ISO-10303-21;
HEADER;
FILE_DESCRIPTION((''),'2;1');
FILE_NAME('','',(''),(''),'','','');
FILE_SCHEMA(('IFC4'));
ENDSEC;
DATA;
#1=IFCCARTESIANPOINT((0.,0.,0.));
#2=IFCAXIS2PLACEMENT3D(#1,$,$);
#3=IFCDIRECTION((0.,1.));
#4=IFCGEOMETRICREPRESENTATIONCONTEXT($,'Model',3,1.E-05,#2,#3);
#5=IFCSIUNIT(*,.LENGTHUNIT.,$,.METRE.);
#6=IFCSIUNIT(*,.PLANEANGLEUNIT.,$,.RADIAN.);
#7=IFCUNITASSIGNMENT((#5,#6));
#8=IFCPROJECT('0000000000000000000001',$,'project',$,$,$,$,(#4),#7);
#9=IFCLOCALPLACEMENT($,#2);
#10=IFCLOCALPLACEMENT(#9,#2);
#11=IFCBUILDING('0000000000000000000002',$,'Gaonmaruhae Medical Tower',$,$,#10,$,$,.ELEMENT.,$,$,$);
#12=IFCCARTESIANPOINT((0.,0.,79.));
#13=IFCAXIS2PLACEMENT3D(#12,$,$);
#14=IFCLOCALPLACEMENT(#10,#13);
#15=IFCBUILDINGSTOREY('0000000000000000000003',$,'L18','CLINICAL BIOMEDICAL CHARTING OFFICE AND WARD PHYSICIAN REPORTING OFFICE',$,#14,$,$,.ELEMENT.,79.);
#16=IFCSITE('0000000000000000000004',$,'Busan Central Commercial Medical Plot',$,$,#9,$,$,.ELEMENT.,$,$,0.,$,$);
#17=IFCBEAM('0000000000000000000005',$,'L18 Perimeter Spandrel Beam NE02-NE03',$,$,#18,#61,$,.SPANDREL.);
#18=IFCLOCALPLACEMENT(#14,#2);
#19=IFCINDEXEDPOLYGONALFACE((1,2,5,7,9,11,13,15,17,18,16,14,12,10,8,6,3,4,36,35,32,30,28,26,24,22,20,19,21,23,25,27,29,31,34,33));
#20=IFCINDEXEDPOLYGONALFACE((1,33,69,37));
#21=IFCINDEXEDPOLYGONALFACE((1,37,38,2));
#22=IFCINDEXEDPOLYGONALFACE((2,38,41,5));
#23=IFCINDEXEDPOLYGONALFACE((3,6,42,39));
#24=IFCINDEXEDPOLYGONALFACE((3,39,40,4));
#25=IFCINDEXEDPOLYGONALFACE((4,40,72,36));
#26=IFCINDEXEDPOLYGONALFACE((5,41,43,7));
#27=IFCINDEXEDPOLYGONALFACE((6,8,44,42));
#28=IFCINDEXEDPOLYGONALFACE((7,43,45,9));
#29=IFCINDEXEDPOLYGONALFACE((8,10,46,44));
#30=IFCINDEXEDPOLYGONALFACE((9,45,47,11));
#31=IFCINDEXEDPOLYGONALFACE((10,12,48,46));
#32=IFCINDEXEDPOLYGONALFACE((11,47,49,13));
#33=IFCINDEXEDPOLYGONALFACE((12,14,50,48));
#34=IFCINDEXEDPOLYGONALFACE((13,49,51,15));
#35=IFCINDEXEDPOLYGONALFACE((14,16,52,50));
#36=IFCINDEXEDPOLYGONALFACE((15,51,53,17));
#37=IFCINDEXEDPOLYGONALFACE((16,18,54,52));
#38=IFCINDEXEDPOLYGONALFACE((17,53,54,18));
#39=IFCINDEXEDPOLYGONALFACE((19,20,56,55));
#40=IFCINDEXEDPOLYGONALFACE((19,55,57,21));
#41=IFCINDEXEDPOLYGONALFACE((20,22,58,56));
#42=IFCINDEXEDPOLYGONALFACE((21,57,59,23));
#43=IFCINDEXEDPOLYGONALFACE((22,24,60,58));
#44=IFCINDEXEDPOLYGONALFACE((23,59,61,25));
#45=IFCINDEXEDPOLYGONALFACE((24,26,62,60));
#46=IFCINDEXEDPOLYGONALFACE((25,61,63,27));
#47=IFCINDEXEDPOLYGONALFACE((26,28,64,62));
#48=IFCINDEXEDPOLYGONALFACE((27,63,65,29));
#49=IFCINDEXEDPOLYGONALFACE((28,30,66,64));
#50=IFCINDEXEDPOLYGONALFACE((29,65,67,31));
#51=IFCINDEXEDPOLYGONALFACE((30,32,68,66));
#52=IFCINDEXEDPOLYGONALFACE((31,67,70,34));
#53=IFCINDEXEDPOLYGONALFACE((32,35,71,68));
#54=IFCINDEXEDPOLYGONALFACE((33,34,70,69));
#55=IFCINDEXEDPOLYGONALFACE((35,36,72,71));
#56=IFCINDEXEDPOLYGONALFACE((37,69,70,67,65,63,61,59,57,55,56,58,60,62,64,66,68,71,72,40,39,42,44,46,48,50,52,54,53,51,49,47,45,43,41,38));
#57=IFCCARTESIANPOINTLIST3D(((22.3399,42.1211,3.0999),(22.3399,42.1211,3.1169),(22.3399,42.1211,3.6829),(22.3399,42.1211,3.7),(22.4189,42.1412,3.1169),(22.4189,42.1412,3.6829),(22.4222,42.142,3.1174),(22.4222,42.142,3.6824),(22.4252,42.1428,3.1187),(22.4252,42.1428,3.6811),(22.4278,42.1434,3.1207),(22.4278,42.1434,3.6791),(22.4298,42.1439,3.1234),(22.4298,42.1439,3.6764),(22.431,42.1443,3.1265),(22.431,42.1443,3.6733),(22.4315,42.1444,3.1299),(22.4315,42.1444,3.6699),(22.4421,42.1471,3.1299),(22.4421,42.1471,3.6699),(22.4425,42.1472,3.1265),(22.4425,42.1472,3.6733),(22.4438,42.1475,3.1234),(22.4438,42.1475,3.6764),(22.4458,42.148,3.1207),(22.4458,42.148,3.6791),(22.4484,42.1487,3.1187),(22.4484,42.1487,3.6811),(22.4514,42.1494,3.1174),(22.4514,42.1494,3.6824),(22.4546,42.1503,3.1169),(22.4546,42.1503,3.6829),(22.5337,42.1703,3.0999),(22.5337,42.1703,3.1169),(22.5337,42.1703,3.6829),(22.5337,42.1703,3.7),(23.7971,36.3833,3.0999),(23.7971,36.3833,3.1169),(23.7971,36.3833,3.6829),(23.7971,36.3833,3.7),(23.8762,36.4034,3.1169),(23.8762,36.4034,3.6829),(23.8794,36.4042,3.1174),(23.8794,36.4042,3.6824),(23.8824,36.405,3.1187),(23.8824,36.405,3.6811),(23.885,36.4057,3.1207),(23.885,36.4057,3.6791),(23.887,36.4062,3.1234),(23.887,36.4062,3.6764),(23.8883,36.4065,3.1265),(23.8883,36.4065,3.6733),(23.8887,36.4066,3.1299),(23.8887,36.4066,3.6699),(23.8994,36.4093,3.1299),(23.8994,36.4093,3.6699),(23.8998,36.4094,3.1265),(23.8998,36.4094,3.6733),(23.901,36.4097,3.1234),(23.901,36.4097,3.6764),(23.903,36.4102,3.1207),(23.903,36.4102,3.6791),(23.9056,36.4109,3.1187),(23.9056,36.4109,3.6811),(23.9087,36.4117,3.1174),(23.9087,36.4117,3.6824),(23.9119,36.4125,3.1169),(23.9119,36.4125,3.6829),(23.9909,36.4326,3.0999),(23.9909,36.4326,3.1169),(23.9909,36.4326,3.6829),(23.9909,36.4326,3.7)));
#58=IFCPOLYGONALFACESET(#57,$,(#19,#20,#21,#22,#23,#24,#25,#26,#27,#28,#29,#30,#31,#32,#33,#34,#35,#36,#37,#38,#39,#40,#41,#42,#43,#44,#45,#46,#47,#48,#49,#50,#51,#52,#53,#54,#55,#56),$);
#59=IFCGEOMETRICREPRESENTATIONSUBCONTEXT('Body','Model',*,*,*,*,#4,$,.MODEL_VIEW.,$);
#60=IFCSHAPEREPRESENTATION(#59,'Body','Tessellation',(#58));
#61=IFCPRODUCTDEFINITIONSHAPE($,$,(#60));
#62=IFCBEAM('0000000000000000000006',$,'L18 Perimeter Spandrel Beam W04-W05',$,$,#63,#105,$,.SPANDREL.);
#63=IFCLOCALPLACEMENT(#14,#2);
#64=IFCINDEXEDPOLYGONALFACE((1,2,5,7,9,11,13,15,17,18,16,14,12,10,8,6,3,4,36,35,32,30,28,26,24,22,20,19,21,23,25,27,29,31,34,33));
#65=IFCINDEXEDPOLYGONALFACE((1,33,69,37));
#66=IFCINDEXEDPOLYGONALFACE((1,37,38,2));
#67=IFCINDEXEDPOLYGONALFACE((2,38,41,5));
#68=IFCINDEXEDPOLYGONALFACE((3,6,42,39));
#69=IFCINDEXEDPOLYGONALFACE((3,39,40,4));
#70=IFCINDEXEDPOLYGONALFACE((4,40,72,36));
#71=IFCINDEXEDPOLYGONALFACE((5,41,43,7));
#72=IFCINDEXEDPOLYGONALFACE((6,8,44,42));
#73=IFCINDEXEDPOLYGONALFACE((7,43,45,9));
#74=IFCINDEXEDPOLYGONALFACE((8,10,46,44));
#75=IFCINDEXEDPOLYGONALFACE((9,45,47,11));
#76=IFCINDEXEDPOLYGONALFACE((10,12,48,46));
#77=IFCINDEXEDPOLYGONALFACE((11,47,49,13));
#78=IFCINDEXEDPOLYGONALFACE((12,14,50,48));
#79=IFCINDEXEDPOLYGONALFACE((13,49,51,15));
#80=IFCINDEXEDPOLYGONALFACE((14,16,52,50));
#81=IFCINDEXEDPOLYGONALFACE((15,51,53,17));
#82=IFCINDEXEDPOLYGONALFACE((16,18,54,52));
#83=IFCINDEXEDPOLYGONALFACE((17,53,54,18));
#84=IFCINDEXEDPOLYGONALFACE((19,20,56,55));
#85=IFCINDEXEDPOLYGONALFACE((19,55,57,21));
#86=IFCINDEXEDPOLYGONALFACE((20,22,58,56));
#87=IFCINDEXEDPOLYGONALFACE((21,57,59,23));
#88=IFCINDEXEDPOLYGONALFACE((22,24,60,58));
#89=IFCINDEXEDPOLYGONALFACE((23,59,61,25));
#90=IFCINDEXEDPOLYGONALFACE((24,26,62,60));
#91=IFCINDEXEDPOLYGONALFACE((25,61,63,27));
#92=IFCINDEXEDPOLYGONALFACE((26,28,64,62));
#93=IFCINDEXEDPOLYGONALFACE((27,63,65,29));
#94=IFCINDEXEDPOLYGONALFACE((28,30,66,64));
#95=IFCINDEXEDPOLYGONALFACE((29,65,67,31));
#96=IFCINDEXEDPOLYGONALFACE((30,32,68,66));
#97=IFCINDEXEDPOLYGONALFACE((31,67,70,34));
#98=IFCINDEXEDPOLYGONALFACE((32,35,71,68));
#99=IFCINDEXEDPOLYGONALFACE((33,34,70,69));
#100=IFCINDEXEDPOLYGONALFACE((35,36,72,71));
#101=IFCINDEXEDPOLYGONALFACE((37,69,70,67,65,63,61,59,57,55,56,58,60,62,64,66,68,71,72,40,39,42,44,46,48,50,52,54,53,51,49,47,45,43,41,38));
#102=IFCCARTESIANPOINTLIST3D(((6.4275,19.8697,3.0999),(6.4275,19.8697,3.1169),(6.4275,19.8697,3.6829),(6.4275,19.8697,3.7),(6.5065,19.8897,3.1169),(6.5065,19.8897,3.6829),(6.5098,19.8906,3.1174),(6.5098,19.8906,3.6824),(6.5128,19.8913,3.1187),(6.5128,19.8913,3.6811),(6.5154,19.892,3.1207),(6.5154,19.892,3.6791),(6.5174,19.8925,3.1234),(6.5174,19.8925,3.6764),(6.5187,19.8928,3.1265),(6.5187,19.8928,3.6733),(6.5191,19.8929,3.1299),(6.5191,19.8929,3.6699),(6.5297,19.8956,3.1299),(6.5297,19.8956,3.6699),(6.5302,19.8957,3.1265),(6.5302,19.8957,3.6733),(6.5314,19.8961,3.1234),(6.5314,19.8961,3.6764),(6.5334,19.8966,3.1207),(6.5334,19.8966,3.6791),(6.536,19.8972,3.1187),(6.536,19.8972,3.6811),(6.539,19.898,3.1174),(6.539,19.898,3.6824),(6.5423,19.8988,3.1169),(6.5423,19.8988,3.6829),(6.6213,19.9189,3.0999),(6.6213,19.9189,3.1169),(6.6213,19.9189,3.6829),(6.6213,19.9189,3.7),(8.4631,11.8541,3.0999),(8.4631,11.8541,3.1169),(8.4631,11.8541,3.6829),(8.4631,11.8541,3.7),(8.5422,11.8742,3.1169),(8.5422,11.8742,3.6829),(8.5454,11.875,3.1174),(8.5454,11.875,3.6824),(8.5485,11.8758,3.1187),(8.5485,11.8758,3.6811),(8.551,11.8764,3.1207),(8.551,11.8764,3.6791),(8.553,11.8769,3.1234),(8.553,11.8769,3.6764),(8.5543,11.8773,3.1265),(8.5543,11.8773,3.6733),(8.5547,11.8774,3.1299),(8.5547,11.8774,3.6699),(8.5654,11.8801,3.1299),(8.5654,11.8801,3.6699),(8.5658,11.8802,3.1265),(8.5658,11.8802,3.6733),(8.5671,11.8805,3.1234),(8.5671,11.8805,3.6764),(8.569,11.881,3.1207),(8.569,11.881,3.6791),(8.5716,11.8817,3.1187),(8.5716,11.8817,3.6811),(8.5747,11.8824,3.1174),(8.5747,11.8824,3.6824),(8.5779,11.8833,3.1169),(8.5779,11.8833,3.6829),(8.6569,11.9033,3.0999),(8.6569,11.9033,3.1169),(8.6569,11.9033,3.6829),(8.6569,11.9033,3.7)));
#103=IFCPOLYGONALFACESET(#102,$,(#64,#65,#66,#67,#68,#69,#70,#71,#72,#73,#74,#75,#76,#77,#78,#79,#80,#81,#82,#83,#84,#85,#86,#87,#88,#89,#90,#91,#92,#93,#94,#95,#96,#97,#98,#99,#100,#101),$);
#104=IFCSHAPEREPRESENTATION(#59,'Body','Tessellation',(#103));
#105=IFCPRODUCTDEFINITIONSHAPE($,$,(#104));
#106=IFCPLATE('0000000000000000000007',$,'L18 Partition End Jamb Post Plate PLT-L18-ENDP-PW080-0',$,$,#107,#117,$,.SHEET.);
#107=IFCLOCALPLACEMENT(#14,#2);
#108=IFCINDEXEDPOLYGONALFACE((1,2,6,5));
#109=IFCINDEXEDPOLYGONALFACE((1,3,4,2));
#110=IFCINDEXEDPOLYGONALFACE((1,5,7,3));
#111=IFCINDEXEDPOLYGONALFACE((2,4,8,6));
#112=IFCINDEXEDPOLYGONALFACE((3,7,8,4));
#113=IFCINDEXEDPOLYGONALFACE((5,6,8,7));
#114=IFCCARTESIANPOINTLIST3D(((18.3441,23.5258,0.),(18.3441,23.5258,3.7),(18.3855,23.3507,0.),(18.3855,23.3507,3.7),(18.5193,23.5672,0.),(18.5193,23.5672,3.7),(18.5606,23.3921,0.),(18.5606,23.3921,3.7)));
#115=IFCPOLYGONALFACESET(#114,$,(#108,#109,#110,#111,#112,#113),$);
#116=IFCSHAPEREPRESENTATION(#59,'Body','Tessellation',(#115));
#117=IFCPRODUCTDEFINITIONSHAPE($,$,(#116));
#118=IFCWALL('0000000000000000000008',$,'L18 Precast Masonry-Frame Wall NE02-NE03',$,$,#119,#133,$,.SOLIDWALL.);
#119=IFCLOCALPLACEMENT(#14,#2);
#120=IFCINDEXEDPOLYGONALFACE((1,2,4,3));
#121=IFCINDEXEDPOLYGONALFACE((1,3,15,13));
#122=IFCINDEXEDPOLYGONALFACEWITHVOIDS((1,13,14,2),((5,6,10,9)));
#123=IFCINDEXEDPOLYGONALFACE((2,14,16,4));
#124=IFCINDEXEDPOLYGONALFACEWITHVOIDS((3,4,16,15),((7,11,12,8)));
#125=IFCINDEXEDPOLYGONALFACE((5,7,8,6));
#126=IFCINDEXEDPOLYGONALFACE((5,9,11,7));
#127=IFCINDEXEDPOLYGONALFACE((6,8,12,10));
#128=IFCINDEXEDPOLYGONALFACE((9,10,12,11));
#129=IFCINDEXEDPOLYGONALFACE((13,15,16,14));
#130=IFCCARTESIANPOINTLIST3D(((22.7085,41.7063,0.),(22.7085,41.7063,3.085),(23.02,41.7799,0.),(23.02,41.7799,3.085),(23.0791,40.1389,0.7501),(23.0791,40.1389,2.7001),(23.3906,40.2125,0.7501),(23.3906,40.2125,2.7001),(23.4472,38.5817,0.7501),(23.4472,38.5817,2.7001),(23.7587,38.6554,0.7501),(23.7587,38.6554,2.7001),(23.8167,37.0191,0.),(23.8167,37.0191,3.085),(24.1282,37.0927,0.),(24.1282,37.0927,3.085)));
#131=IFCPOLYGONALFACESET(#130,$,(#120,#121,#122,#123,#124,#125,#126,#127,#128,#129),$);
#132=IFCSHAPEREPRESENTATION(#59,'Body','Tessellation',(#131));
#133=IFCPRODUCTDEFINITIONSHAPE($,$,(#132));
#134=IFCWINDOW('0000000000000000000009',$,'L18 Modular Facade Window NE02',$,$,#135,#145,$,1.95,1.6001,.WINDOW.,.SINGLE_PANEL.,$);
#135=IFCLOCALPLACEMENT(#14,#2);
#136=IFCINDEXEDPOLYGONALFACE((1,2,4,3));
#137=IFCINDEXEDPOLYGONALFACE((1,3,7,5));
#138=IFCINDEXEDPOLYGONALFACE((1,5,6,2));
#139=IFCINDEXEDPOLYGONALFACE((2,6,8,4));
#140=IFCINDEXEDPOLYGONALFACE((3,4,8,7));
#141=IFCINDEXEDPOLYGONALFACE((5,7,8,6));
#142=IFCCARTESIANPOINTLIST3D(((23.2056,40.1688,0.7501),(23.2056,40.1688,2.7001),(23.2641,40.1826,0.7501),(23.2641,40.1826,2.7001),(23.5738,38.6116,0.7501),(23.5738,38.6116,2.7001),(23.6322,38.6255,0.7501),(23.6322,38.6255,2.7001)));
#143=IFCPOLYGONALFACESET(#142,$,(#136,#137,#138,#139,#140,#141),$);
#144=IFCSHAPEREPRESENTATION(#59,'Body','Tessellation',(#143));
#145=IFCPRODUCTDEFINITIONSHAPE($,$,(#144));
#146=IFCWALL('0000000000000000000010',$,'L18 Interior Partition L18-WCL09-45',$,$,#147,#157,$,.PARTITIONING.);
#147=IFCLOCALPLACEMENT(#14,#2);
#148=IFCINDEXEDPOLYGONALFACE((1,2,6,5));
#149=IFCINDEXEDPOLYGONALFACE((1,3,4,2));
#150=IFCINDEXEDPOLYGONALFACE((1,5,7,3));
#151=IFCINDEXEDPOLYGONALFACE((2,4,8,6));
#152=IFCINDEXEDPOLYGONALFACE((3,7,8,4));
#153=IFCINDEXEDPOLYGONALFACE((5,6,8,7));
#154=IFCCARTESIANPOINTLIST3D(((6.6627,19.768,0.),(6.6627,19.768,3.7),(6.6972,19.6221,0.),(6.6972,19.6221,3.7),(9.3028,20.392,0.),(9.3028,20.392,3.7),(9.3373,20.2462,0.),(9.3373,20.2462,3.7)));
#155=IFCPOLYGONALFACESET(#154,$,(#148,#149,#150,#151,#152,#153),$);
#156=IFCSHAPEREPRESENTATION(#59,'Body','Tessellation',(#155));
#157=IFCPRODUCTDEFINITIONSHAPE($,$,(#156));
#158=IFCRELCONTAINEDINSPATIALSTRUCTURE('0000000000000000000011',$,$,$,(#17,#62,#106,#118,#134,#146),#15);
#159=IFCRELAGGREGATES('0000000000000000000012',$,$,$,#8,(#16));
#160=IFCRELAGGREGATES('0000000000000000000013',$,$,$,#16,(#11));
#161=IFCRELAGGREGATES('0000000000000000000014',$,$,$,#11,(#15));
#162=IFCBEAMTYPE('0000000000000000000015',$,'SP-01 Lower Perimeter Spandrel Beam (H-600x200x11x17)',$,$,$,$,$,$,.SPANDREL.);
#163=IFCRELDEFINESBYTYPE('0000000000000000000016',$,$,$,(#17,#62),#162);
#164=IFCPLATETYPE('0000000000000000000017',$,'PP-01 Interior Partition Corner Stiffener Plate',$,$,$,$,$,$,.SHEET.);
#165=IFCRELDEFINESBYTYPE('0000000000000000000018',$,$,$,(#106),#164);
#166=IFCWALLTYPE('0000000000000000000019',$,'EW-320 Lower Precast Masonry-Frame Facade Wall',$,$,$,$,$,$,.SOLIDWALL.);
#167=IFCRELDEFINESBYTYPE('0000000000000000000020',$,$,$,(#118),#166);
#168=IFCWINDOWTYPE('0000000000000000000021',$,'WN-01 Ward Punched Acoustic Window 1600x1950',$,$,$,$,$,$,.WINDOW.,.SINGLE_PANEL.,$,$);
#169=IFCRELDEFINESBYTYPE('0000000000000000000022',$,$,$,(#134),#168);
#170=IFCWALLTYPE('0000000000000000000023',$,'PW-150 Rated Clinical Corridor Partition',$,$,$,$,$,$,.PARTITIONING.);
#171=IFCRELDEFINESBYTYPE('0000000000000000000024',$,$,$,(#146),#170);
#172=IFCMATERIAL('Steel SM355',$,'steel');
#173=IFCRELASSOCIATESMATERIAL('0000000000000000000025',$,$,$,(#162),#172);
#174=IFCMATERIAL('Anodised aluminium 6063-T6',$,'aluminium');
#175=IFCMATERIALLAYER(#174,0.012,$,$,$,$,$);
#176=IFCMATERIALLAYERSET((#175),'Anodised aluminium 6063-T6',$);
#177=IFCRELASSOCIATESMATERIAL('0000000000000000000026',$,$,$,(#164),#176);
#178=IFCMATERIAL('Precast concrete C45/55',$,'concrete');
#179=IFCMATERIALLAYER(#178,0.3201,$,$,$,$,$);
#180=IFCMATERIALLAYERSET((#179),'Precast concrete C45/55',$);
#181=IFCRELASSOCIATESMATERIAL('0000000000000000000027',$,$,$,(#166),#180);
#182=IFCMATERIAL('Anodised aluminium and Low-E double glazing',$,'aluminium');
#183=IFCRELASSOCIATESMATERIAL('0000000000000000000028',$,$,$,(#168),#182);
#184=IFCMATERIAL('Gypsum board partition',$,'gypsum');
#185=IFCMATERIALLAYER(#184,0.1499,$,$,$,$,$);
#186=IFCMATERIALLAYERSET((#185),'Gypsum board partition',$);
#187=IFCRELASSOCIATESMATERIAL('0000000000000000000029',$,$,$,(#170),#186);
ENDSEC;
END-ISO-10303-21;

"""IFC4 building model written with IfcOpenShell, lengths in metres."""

from ifc_helpers import new_model, si_unit, direction, frame, frame_2d, origin, origin_2d, place, context, subcontext, project, spatial, rectangle, i_section, extrude, material, layer, layer_set, material_profile, profile_set, type_object, element, fill, save


model = new_model("IFC4")

# Units and contexts
model_context = context("Model", 3, precision=1e-05, world=origin(), true_north=direction((0.0, 1.0)))
body_context = subcontext(model_context, "Body", "Model", "MODEL_VIEW")
ifc_project = project(units=[si_unit("LENGTHUNIT", "METRE"), si_unit("PLANEANGLEUNIT", "RADIAN")], contexts=[model_context])

# Site, building, storey
site_placement = place(None, origin())
site = spatial("IfcSite", under=ifc_project, at=site_placement, Name="Busan Central Commercial Medical Plot", CompositionType="ELEMENT", RefElevation=0.0)
building_placement = place(site_placement, origin())
building = spatial("IfcBuilding", under=site, at=building_placement, Name="Gaonmaruhae Medical Tower", CompositionType="ELEMENT")
storey_placement = place(building_placement, frame((0.0, 0.0, 79.0)))
storey = spatial("IfcBuildingStorey", under=building, at=storey_placement, Name="L18", Description="CLINICAL BIOMEDICAL CHARTING OFFICE AND WARD PHYSICIAN REPORTING OFFICE", CompositionType="ELEMENT", Elevation=79.0)

# Beams
ifc_material_1 = material(Name="Steel SM355", Category="steel")
ifc_material_profile_1 = material_profile(ifc_material_1, i_section(OverallWidth=0.2, OverallDepth=0.6001, WebThickness=0.011, FlangeThickness=0.0171, FilletRadius=0.0129, at=origin_2d()), Name="H-600x200x11x17")
ifc_profile_set_1 = profile_set([ifc_material_profile_1], Name="Steel SM355")
beam_type_1 = type_object("IfcBeamType", Name="SP-01 Lower Perimeter Spandrel Beam (H-600x200x11x17)", PredefinedType="SPANDREL", material=ifc_profile_set_1)
beam_1_placement = place(storey_placement, frame((23.894, 36.408, 3.3999), z_axis=(-0.246163, 0.969228, 0.0), x_axis=(-0.969228, -0.246163, 0.0)))
element("IfcBeam", 1, at=beam_1_placement, inside=storey, type_object=beam_type_1, Name="L18 Perimeter Spandrel Beam NE02-NE03", PredefinedType="SPANDREL", context=body_context, shape_type="SweptSolid", body=[
    extrude(i_section(OverallWidth=0.2, OverallDepth=0.6001, WebThickness=0.011, FlangeThickness=0.0171, FilletRadius=0.0129, at=origin_2d()), origin(), (0.0, 0.0, 1.0), 5.9199),
])
beam_2_placement = place(storey_placement, frame((6.5244, 19.8943, 3.3999), z_axis=(0.246146, -0.969233, 0.0), x_axis=(0.969233, 0.246146, 0.0)))
element("IfcBeam", 2, at=beam_2_placement, inside=storey, type_object=beam_type_1, Name="L18 Perimeter Spandrel Beam W04-W05", PredefinedType="SPANDREL", context=body_context, shape_type="SweptSolid", body=[
    extrude(i_section(OverallWidth=0.2, OverallDepth=0.6001, WebThickness=0.011, FlangeThickness=0.0171, FilletRadius=0.0129, at=origin_2d()), origin(), (0.0, 0.0, 1.0), 8.27),
])

# Plate
ifc_material_2 = material(Name="Anodised aluminium 6063-T6", Category="aluminium")
ifc_layer_1 = layer(ifc_material_2, 0.012)
ifc_layer_set_1 = layer_set([ifc_layer_1], Name="Anodised aluminium 6063-T6")
plate_type = type_object("IfcPlateType", Name="PP-01 Interior Partition Corner Stiffener Plate", PredefinedType="SHEET", material=ifc_layer_set_1)
plate_placement = place(storey_placement, frame((18.4524, 23.459, 0.0), z_axis=(0.0, 0.0, 1.0), x_axis=(-0.230033, 0.973183, 0.0)))
element("IfcPlate", 3, at=plate_placement, inside=storey, type_object=plate_type, Name="L18 Partition End Jamb Post Plate PLT-L18-ENDP-PW080-0", PredefinedType="SHEET", context=body_context, shape_type="SweptSolid", body=[
    extrude(rectangle(XDim=0.1799, YDim=0.1799, at=origin_2d()), origin(), (0.0, 0.0, 1.0), 3.7),
])

# Wall, opening, window
ifc_material_3 = material(Name="Precast concrete C45/55", Category="concrete")
ifc_layer_2 = layer(ifc_material_3, 0.3201)
ifc_layer_set_2 = layer_set([ifc_layer_2], Name="Precast concrete C45/55")
wall_type_1 = type_object("IfcWallType", Name="EW-320 Lower Precast Masonry-Frame Facade Wall", PredefinedType="SOLIDWALL", material=ifc_layer_set_2)
wall_1_placement = place(storey_placement, frame((23.9724, 37.0559, 0.0), z_axis=(0.0, 0.0, 1.0), x_axis=(-0.230076, 0.973173, 0.0)))
wall_1 = element("IfcWall", 4, at=wall_1_placement, inside=storey, type_object=wall_type_1, Name="L18 Precast Masonry-Frame Wall NE02-NE03", PredefinedType="SOLIDWALL", context=body_context, shape_type="SweptSolid", body=[
    extrude(rectangle(XDim=4.8164, YDim=0.3201, at=frame_2d((2.4082, 0.0))), origin(), (0.0, 0.0, 1.0), 3.085),
])
opening_1_placement = place(wall_1_placement, frame((1.6057, 0.0, 0.75)))
opening_1 = element("IfcOpeningElement", 5, at=opening_1_placement, cuts=wall_1, PredefinedType="OPENING", context=body_context, shape_type="SweptSolid", body=[
    extrude(rectangle(XDim=1.6001, YDim=1.95, at=frame_2d((0.8, 0.9751))), frame((0.0, 0.1699, 0.0), z_axis=(0.0, -1.0, 0.0), x_axis=(1.0, 0.0, 0.0)), (0.0, 0.0, 1.0), 0.3401),
])
ifc_material_4 = material(Name="Anodised aluminium and Low-E double glazing", Category="aluminium")
window_type = type_object("IfcWindowType", Name="WN-01 Ward Punched Acoustic Window 1600x1950", PartitioningType="SINGLE_PANEL", PredefinedType="WINDOW", material=ifc_material_4)
window_placement = place(opening_1_placement, origin())
window = element("IfcWindow", 6, at=window_placement, inside=storey, type_object=window_type, Name="L18 Modular Facade Window NE02", OverallHeight=1.95, OverallWidth=1.6001, PartitioningType="SINGLE_PANEL", PredefinedType="WINDOW", context=body_context, shape_type="SweptSolid", body=[
    extrude(rectangle(XDim=1.6001, YDim=1.95, at=frame_2d((0.8, 0.9751))), frame((0.0, 0.03, 0.0), z_axis=(0.0, -1.0, 0.0), x_axis=(1.0, 0.0, 0.0)), (0.0, 0.0, 1.0), 0.0601),
])
fill(opening_1, window)

# Wall
ifc_material_5 = material(Name="Gypsum board partition", Category="gypsum")
ifc_layer_3 = layer(ifc_material_5, 0.1499)
ifc_layer_set_3 = layer_set([ifc_layer_3], Name="Gypsum board partition")
wall_type_2 = type_object("IfcWallType", Name="PW-150 Rated Clinical Corridor Partition", PredefinedType="PARTITIONING", material=ifc_layer_set_3)
wall_2_placement = place(storey_placement, frame((6.6799, 19.6951, 0.0), z_axis=(0.0, 0.0, 1.0), x_axis=(0.973185, 0.230022, 0.0)))
element("IfcWall", 7, at=wall_2_placement, inside=storey, type_object=wall_type_2, Name="L18 Interior Partition L18-WCL09-45", PredefinedType="PARTITIONING", context=body_context, shape_type="SweptSolid", body=[
    extrude(rectangle(XDim=2.7129, YDim=0.1499, at=frame_2d((1.3564, 0.0))), origin(), (0.0, 0.0, 1.0), 3.7),
])

save(model, "model.ifc")
